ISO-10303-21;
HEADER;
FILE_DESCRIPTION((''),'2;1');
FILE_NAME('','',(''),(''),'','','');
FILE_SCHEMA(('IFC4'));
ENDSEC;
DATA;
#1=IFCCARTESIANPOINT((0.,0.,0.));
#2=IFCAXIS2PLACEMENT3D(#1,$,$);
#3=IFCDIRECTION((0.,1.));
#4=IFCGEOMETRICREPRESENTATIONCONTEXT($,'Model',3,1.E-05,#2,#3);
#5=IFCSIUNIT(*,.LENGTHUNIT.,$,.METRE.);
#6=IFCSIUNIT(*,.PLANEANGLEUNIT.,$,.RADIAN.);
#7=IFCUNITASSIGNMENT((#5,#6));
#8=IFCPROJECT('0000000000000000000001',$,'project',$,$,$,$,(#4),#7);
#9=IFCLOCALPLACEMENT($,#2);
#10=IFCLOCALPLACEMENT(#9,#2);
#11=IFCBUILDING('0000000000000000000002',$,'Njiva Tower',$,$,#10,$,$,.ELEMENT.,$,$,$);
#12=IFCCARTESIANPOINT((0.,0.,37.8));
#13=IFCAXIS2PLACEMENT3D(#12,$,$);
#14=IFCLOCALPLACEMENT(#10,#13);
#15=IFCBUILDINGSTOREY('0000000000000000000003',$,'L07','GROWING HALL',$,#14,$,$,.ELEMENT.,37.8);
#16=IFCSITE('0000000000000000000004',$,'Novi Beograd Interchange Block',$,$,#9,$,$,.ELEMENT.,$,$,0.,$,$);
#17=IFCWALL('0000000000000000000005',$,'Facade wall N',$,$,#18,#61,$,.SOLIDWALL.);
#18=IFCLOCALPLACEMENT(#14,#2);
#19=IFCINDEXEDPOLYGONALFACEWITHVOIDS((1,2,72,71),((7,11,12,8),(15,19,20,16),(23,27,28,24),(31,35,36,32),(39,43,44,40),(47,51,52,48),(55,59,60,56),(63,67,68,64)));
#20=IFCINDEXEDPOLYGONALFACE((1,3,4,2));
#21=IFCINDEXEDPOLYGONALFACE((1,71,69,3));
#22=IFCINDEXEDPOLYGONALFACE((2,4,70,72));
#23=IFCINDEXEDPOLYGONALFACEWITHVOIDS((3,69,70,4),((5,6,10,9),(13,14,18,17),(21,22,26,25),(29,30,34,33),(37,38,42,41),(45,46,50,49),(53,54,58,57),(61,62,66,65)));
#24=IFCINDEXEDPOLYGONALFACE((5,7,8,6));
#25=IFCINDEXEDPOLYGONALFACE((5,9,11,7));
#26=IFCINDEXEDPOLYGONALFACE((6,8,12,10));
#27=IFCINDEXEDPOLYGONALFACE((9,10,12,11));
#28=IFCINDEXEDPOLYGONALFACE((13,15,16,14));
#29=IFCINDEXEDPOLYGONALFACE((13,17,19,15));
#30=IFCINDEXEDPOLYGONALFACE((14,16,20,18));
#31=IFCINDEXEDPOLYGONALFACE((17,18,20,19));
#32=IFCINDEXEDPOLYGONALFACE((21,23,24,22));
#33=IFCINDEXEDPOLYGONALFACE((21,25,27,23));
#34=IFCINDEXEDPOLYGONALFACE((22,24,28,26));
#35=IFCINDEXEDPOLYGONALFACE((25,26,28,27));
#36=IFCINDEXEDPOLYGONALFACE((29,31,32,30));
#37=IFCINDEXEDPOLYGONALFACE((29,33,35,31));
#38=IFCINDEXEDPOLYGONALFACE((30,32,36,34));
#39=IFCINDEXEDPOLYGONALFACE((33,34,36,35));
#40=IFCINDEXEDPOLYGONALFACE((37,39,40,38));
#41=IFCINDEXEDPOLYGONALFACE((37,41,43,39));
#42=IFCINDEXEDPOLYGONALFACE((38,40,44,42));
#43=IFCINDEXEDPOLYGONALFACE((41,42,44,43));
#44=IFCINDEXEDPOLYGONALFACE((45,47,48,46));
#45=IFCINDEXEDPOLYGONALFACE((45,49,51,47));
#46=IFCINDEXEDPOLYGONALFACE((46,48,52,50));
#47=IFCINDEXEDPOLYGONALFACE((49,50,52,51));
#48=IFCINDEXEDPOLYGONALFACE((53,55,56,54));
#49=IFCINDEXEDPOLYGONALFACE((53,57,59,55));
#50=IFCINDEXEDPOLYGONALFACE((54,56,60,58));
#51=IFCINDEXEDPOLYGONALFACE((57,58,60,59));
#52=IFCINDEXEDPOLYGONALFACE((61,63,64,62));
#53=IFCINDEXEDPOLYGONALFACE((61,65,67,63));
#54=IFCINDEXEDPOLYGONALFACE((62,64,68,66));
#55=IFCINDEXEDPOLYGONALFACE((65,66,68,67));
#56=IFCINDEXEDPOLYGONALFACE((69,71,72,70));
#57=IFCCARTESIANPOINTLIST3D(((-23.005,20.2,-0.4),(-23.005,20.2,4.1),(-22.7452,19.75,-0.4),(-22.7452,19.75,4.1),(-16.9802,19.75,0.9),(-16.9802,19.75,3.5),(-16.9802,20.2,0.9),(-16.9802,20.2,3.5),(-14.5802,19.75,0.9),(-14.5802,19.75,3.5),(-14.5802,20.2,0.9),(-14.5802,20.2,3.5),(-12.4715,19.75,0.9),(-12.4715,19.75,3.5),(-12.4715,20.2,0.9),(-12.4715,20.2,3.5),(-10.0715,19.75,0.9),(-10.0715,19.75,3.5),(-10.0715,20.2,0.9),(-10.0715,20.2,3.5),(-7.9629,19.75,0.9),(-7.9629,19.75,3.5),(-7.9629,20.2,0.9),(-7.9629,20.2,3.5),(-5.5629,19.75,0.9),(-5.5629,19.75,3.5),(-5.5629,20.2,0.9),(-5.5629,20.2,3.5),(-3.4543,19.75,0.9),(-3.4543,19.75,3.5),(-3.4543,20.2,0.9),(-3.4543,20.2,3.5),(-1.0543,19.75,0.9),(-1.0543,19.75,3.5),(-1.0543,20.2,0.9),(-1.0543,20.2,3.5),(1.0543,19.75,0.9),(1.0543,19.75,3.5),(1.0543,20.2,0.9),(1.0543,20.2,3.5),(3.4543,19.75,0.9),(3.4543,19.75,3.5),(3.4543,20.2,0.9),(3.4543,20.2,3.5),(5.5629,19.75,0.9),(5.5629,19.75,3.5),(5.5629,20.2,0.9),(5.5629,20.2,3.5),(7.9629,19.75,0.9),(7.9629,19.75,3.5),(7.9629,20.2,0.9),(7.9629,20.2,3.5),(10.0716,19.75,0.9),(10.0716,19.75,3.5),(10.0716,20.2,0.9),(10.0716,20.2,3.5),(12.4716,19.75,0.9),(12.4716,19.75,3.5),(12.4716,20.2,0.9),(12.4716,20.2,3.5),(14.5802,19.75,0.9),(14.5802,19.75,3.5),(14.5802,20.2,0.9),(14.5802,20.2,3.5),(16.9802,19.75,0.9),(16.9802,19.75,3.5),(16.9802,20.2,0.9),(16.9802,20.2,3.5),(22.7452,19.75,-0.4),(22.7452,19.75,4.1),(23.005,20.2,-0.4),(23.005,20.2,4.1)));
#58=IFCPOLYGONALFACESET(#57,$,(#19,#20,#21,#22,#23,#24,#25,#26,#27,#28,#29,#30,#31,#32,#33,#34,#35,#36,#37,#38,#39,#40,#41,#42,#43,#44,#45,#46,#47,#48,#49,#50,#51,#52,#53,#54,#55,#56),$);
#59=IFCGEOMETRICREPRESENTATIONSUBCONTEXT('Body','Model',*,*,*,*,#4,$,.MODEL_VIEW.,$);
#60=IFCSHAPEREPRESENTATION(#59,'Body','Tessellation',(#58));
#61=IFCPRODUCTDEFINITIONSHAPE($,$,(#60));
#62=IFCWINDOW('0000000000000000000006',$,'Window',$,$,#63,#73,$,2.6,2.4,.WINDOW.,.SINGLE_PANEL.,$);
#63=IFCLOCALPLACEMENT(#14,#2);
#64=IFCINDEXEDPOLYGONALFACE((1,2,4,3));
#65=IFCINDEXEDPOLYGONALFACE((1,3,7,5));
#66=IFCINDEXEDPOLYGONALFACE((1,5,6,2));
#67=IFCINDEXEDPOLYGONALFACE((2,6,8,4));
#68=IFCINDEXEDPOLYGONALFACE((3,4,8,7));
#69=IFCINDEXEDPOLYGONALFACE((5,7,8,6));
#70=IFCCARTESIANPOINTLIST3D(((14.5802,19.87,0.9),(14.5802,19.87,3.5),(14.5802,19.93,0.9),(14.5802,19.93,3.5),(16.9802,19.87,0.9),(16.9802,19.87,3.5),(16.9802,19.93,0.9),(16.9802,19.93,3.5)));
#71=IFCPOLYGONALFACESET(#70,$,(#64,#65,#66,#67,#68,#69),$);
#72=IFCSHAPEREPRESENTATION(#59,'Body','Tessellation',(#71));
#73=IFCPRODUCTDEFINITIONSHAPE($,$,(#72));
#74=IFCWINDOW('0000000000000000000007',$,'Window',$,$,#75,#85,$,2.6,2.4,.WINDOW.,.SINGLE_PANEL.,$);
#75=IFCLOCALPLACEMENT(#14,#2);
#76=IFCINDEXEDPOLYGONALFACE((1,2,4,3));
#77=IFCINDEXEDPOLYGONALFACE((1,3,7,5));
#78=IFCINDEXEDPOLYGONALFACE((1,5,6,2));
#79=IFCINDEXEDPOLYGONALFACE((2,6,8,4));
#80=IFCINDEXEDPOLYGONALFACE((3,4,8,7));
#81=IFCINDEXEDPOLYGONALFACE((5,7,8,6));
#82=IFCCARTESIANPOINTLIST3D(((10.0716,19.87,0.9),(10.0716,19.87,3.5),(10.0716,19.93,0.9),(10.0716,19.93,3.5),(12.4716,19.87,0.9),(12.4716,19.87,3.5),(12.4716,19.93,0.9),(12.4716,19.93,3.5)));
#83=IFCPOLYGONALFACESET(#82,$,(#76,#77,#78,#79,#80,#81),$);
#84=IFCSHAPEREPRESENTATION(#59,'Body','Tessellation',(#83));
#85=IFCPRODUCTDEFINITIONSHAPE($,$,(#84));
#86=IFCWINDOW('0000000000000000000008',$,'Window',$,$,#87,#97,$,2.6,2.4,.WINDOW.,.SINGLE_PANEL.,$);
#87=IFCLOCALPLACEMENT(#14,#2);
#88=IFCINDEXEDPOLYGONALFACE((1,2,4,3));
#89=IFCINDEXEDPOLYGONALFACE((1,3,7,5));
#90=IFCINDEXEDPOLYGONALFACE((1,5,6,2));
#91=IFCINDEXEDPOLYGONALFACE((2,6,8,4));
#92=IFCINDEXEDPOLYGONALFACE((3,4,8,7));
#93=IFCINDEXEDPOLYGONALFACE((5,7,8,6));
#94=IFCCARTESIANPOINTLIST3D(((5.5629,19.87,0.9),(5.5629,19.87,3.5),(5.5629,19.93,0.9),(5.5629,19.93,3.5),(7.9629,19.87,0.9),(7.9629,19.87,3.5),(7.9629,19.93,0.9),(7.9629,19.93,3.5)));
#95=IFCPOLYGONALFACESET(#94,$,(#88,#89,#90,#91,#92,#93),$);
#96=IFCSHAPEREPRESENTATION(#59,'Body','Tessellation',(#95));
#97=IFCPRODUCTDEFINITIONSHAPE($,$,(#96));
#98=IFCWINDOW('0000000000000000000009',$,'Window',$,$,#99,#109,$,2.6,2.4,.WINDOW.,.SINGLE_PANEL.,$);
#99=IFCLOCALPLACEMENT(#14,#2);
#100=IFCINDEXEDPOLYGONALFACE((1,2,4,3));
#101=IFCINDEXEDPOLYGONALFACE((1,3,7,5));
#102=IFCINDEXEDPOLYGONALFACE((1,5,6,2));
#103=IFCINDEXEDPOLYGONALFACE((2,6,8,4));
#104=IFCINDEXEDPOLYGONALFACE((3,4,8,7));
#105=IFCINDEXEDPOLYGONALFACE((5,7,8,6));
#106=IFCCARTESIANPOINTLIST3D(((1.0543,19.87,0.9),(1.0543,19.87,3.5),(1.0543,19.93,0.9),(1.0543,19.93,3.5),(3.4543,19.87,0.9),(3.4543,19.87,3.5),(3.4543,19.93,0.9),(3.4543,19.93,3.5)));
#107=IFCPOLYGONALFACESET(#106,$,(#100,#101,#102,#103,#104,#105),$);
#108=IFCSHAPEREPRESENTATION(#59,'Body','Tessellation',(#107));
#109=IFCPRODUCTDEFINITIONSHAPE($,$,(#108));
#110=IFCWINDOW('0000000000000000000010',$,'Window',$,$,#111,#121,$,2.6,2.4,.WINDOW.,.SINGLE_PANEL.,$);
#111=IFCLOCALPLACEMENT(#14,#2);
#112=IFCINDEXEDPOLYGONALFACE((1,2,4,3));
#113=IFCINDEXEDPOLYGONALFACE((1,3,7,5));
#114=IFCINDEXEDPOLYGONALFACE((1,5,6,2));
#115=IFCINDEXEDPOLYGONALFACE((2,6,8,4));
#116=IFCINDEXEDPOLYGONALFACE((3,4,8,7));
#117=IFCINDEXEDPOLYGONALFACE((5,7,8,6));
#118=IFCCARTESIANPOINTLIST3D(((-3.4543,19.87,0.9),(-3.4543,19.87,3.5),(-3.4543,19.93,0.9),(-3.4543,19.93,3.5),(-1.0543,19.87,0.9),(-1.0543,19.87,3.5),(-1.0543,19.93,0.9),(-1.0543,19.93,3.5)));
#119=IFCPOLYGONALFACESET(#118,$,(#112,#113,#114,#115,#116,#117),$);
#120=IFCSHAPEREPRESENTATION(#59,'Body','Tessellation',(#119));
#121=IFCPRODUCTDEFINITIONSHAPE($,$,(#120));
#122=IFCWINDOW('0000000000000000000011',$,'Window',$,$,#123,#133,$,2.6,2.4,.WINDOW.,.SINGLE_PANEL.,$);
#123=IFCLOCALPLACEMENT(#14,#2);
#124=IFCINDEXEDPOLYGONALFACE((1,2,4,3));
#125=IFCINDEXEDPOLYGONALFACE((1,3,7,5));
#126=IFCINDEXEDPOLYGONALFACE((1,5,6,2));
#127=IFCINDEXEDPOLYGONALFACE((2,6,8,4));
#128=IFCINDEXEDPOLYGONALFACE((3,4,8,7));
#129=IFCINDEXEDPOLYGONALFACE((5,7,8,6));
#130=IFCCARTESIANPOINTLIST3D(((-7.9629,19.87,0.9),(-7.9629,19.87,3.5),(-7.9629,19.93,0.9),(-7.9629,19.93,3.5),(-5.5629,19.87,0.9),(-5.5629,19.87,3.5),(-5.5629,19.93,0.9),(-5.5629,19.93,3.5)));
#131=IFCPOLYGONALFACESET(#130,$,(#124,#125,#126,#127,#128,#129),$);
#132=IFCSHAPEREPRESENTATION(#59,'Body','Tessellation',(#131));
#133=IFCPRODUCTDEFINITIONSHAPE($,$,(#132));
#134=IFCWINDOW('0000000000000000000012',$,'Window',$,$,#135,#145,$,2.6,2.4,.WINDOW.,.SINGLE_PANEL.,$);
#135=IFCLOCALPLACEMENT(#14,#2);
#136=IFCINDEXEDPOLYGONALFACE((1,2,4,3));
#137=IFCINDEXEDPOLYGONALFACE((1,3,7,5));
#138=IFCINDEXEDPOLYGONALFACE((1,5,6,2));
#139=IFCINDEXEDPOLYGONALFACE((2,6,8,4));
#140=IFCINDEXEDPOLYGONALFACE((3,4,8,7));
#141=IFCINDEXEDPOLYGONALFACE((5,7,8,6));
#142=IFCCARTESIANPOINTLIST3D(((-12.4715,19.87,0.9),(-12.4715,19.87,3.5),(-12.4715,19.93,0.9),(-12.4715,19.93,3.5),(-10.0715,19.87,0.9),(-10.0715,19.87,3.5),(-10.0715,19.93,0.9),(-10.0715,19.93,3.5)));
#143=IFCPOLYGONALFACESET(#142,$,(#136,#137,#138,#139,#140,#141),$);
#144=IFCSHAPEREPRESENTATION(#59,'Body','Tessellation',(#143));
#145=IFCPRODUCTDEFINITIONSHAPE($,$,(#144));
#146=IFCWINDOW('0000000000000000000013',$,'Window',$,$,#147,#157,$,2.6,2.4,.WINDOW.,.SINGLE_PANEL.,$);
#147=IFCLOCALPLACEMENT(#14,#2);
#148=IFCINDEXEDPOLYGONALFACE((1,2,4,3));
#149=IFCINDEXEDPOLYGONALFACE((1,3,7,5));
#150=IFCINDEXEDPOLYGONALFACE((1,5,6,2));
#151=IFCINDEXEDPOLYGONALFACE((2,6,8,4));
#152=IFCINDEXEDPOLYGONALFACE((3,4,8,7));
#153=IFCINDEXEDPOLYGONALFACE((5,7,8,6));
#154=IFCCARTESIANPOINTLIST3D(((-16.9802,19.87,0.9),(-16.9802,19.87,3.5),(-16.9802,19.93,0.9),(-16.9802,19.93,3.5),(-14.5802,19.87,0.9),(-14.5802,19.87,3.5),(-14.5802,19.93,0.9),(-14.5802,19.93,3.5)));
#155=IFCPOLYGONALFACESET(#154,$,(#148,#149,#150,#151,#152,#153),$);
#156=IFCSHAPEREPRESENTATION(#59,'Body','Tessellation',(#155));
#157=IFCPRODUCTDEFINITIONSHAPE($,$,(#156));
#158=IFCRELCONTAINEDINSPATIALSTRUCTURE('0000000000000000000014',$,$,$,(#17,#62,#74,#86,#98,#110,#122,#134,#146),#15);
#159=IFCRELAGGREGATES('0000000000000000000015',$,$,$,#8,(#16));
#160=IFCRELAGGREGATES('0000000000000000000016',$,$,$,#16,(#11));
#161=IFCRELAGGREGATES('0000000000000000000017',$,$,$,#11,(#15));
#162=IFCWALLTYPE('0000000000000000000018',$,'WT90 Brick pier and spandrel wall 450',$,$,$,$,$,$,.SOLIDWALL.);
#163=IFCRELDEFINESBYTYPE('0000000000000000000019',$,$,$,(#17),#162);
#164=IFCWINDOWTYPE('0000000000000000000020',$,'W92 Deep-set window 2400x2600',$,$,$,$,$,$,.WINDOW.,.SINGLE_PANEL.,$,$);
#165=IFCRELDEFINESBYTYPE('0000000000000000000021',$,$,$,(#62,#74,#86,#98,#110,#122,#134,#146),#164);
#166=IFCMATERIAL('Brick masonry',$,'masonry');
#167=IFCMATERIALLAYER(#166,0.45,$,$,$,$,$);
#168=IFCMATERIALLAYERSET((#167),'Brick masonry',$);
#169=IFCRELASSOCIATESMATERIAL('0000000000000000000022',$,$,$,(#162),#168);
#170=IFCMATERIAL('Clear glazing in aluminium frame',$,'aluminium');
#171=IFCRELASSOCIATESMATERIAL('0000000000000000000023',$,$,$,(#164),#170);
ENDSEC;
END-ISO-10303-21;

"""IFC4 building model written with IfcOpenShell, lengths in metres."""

from ifc_helpers import new_model, si_unit, direction, frame, frame_2d, origin, place, context, subcontext, project, spatial, polyline, rectangle, outline, extrude, material, layer, layer_set, type_object, element, fill, save


model = new_model("IFC4")

# Units and contexts
model_context = context("Model", 3, precision=1e-05, world=origin(), true_north=direction((0.0, 1.0)))
body_context = subcontext(model_context, "Body", "Model", "MODEL_VIEW")
ifc_project = project(units=[si_unit("LENGTHUNIT", "METRE"), si_unit("PLANEANGLEUNIT", "RADIAN")], contexts=[model_context])

# Site, building, storey
site_placement = place(None, origin())
site = spatial("IfcSite", under=ifc_project, at=site_placement, Name="Novi Beograd Interchange Block", CompositionType="ELEMENT", RefElevation=0.0)
building_placement = place(site_placement, origin())
building = spatial("IfcBuilding", under=site, at=building_placement, Name="Njiva Tower", CompositionType="ELEMENT")
storey_placement = place(building_placement, frame((0.0, 0.0, 37.8)))
storey = spatial("IfcBuildingStorey", under=building, at=storey_placement, Name="L07", Description="GROWING HALL", CompositionType="ELEMENT", Elevation=37.8)

# Wall, openings, windows
ifc_material_1 = material(Name="Brick masonry", Category="masonry")
ifc_layer_1 = layer(ifc_material_1, 0.45)
ifc_layer_set_1 = layer_set([ifc_layer_1], Name="Brick masonry")
wall_type_1 = type_object("IfcWallType", Name="WT90 Brick pier and spandrel wall 450", PredefinedType="SOLIDWALL", material=ifc_layer_set_1)
wall_1_placement = place(storey_placement, frame((22.8751, 19.975, -0.4), z_axis=(0.0, 0.0, 1.0), x_axis=(-1.0, 0.0, 0.0)))
wall_1 = element("IfcWall", 1, at=wall_1_placement, inside=storey, type_object=wall_type_1, Name="Facade wall N", PredefinedType="SOLIDWALL", context=body_context, shape_type="SweptSolid", body=[
    extrude(outline(polyline([(-0.1299, -0.225), (45.8801, -0.225), (45.6203, 0.225), (0.1299, 0.225), (-0.1299, -0.225)])), origin(), (0.0, 0.0, 1.0), 4.5),
])
opening_1_placement = place(wall_1_placement, frame((5.8949, 0.0, 1.3)))
opening_1 = element("IfcOpeningElement", 2, at=opening_1_placement, cuts=wall_1, PredefinedType="OPENING", context=body_context, shape_type="SweptSolid", body=[
    extrude(rectangle(XDim=2.4, YDim=2.6, at=frame_2d((1.2, 1.3))), frame((0.0, 0.235, 0.0), z_axis=(0.0, -1.0, 0.0), x_axis=(1.0, 0.0, 0.0)), (0.0, 0.0, 1.0), 0.47),
])
opening_2_placement = place(wall_1_placement, frame((10.4035, 0.0, 1.3)))
opening_2 = element("IfcOpeningElement", 3, at=opening_2_placement, cuts=wall_1, PredefinedType="OPENING", context=body_context, shape_type="SweptSolid", body=[
    extrude(rectangle(XDim=2.4, YDim=2.6, at=frame_2d((1.2, 1.3))), frame((0.0, 0.235, 0.0), z_axis=(0.0, -1.0, 0.0), x_axis=(1.0, 0.0, 0.0)), (0.0, 0.0, 1.0), 0.47),
])
opening_3_placement = place(wall_1_placement, frame((14.9122, 0.0, 1.3)))
opening_3 = element("IfcOpeningElement", 4, at=opening_3_placement, cuts=wall_1, PredefinedType="OPENING", context=body_context, shape_type="SweptSolid", body=[
    extrude(rectangle(XDim=2.4, YDim=2.6, at=frame_2d((1.2, 1.3))), frame((0.0, 0.235, 0.0), z_axis=(0.0, -1.0, 0.0), x_axis=(1.0, 0.0, 0.0)), (0.0, 0.0, 1.0), 0.47),
])
opening_4_placement = place(wall_1_placement, frame((19.4208, 0.0, 1.3)))
opening_4 = element("IfcOpeningElement", 5, at=opening_4_placement, cuts=wall_1, PredefinedType="OPENING", context=body_context, shape_type="SweptSolid", body=[
    extrude(rectangle(XDim=2.4, YDim=2.6, at=frame_2d((1.2, 1.3))), frame((0.0, 0.235, 0.0), z_axis=(0.0, -1.0, 0.0), x_axis=(1.0, 0.0, 0.0)), (0.0, 0.0, 1.0), 0.47),
])
opening_5_placement = place(wall_1_placement, frame((23.9294, 0.0, 1.3)))
opening_5 = element("IfcOpeningElement", 6, at=opening_5_placement, cuts=wall_1, PredefinedType="OPENING", context=body_context, shape_type="SweptSolid", body=[
    extrude(rectangle(XDim=2.4, YDim=2.6, at=frame_2d((1.2, 1.3))), frame((0.0, 0.235, 0.0), z_axis=(0.0, -1.0, 0.0), x_axis=(1.0, 0.0, 0.0)), (0.0, 0.0, 1.0), 0.47),
])
opening_6_placement = place(wall_1_placement, frame((28.438, 0.0, 1.3)))
opening_6 = element("IfcOpeningElement", 7, at=opening_6_placement, cuts=wall_1, PredefinedType="OPENING", context=body_context, shape_type="SweptSolid", body=[
    extrude(rectangle(XDim=2.4, YDim=2.6, at=frame_2d((1.2, 1.3))), frame((0.0, 0.235, 0.0), z_axis=(0.0, -1.0, 0.0), x_axis=(1.0, 0.0, 0.0)), (0.0, 0.0, 1.0), 0.47),
])
opening_7_placement = place(wall_1_placement, frame((32.9466, 0.0, 1.3)))
opening_7 = element("IfcOpeningElement", 8, at=opening_7_placement, cuts=wall_1, PredefinedType="OPENING", context=body_context, shape_type="SweptSolid", body=[
    extrude(rectangle(XDim=2.4, YDim=2.6, at=frame_2d((1.2, 1.3))), frame((0.0, 0.235, 0.0), z_axis=(0.0, -1.0, 0.0), x_axis=(1.0, 0.0, 0.0)), (0.0, 0.0, 1.0), 0.47),
])
opening_8_placement = place(wall_1_placement, frame((37.4553, 0.0, 1.3)))
opening_8 = element("IfcOpeningElement", 9, at=opening_8_placement, cuts=wall_1, PredefinedType="OPENING", context=body_context, shape_type="SweptSolid", body=[
    extrude(rectangle(XDim=2.4, YDim=2.6, at=frame_2d((1.2, 1.3))), frame((0.0, 0.235, 0.0), z_axis=(0.0, -1.0, 0.0), x_axis=(1.0, 0.0, 0.0)), (0.0, 0.0, 1.0), 0.47),
])
ifc_material_2 = material(Name="Clear glazing in aluminium frame", Category="aluminium")
window_type = type_object("IfcWindowType", Name="W92 Deep-set window 2400x2600", PartitioningType="SINGLE_PANEL", PredefinedType="WINDOW", material=ifc_material_2)
window_1_placement = place(opening_1_placement, origin())
window_1 = element("IfcWindow", 10, at=window_1_placement, inside=storey, type_object=window_type, Name="Window", OverallHeight=2.6, OverallWidth=2.4, PartitioningType="SINGLE_PANEL", PredefinedType="WINDOW", context=body_context, shape_type="SweptSolid", body=[
    extrude(rectangle(XDim=2.4, YDim=2.6, at=frame_2d((1.2, 1.3))), frame((0.0, 0.105, 0.0), z_axis=(0.0, -1.0, 0.0), x_axis=(1.0, 0.0, 0.0)), (0.0, 0.0, 1.0), 0.06),
])
fill(opening_1, window_1)
window_2_placement = place(opening_2_placement, origin())
window_2 = element("IfcWindow", 11, at=window_2_placement, inside=storey, type_object=window_type, Name="Window", OverallHeight=2.6, OverallWidth=2.4, PartitioningType="SINGLE_PANEL", PredefinedType="WINDOW", context=body_context, shape_type="SweptSolid", body=[
    extrude(rectangle(XDim=2.4, YDim=2.6, at=frame_2d((1.2, 1.3))), frame((0.0, 0.105, 0.0), z_axis=(0.0, -1.0, 0.0), x_axis=(1.0, 0.0, 0.0)), (0.0, 0.0, 1.0), 0.06),
])
fill(opening_2, window_2)
window_3_placement = place(opening_3_placement, origin())
window_3 = element("IfcWindow", 12, at=window_3_placement, inside=storey, type_object=window_type, Name="Window", OverallHeight=2.6, OverallWidth=2.4, PartitioningType="SINGLE_PANEL", PredefinedType="WINDOW", context=body_context, shape_type="SweptSolid", body=[
    extrude(rectangle(XDim=2.4, YDim=2.6, at=frame_2d((1.2, 1.3))), frame((0.0, 0.105, 0.0), z_axis=(0.0, -1.0, 0.0), x_axis=(1.0, 0.0, 0.0)), (0.0, 0.0, 1.0), 0.06),
])
fill(opening_3, window_3)
window_4_placement = place(opening_4_placement, origin())
window_4 = element("IfcWindow", 13, at=window_4_placement, inside=storey, type_object=window_type, Name="Window", OverallHeight=2.6, OverallWidth=2.4, PartitioningType="SINGLE_PANEL", PredefinedType="WINDOW", context=body_context, shape_type="SweptSolid", body=[
    extrude(rectangle(XDim=2.4, YDim=2.6, at=frame_2d((1.2, 1.3))), frame((0.0, 0.105, 0.0), z_axis=(0.0, -1.0, 0.0), x_axis=(1.0, 0.0, 0.0)), (0.0, 0.0, 1.0), 0.06),
])
fill(opening_4, window_4)
window_5_placement = place(opening_5_placement, origin())
window_5 = element("IfcWindow", 14, at=window_5_placement, inside=storey, type_object=window_type, Name="Window", OverallHeight=2.6, OverallWidth=2.4, PartitioningType="SINGLE_PANEL", PredefinedType="WINDOW", context=body_context, shape_type="SweptSolid", body=[
    extrude(rectangle(XDim=2.4, YDim=2.6, at=frame_2d((1.2, 1.3))), frame((0.0, 0.105, 0.0), z_axis=(0.0, -1.0, 0.0), x_axis=(1.0, 0.0, 0.0)), (0.0, 0.0, 1.0), 0.06),
])
fill(opening_5, window_5)
window_6_placement = place(opening_6_placement, origin())
window_6 = element("IfcWindow", 15, at=window_6_placement, inside=storey, type_object=window_type, Name="Window", OverallHeight=2.6, OverallWidth=2.4, PartitioningType="SINGLE_PANEL", PredefinedType="WINDOW", context=body_context, shape_type="SweptSolid", body=[
    extrude(rectangle(XDim=2.4, YDim=2.6, at=frame_2d((1.2, 1.3))), frame((0.0, 0.105, 0.0), z_axis=(0.0, -1.0, 0.0), x_axis=(1.0, 0.0, 0.0)), (0.0, 0.0, 1.0), 0.06),
])
fill(opening_6, window_6)
window_7_placement = place(opening_7_placement, origin())
window_7 = element("IfcWindow", 16, at=window_7_placement, inside=storey, type_object=window_type, Name="Window", OverallHeight=2.6, OverallWidth=2.4, PartitioningType="SINGLE_PANEL", PredefinedType="WINDOW", context=body_context, shape_type="SweptSolid", body=[
    extrude(rectangle(XDim=2.4, YDim=2.6, at=frame_2d((1.2, 1.3))), frame((0.0, 0.105, 0.0), z_axis=(0.0, -1.0, 0.0), x_axis=(1.0, 0.0, 0.0)), (0.0, 0.0, 1.0), 0.06),
])
fill(opening_7, window_7)
window_8_placement = place(opening_8_placement, origin())
window_8 = element("IfcWindow", 17, at=window_8_placement, inside=storey, type_object=window_type, Name="Window", OverallHeight=2.6, OverallWidth=2.4, PartitioningType="SINGLE_PANEL", PredefinedType="WINDOW", context=body_context, shape_type="SweptSolid", body=[
    extrude(rectangle(XDim=2.4, YDim=2.6, at=frame_2d((1.2, 1.3))), frame((0.0, 0.105, 0.0), z_axis=(0.0, -1.0, 0.0), x_axis=(1.0, 0.0, 0.0)), (0.0, 0.0, 1.0), 0.06),
])
fill(opening_8, window_8)

save(model, "model.ifc")
